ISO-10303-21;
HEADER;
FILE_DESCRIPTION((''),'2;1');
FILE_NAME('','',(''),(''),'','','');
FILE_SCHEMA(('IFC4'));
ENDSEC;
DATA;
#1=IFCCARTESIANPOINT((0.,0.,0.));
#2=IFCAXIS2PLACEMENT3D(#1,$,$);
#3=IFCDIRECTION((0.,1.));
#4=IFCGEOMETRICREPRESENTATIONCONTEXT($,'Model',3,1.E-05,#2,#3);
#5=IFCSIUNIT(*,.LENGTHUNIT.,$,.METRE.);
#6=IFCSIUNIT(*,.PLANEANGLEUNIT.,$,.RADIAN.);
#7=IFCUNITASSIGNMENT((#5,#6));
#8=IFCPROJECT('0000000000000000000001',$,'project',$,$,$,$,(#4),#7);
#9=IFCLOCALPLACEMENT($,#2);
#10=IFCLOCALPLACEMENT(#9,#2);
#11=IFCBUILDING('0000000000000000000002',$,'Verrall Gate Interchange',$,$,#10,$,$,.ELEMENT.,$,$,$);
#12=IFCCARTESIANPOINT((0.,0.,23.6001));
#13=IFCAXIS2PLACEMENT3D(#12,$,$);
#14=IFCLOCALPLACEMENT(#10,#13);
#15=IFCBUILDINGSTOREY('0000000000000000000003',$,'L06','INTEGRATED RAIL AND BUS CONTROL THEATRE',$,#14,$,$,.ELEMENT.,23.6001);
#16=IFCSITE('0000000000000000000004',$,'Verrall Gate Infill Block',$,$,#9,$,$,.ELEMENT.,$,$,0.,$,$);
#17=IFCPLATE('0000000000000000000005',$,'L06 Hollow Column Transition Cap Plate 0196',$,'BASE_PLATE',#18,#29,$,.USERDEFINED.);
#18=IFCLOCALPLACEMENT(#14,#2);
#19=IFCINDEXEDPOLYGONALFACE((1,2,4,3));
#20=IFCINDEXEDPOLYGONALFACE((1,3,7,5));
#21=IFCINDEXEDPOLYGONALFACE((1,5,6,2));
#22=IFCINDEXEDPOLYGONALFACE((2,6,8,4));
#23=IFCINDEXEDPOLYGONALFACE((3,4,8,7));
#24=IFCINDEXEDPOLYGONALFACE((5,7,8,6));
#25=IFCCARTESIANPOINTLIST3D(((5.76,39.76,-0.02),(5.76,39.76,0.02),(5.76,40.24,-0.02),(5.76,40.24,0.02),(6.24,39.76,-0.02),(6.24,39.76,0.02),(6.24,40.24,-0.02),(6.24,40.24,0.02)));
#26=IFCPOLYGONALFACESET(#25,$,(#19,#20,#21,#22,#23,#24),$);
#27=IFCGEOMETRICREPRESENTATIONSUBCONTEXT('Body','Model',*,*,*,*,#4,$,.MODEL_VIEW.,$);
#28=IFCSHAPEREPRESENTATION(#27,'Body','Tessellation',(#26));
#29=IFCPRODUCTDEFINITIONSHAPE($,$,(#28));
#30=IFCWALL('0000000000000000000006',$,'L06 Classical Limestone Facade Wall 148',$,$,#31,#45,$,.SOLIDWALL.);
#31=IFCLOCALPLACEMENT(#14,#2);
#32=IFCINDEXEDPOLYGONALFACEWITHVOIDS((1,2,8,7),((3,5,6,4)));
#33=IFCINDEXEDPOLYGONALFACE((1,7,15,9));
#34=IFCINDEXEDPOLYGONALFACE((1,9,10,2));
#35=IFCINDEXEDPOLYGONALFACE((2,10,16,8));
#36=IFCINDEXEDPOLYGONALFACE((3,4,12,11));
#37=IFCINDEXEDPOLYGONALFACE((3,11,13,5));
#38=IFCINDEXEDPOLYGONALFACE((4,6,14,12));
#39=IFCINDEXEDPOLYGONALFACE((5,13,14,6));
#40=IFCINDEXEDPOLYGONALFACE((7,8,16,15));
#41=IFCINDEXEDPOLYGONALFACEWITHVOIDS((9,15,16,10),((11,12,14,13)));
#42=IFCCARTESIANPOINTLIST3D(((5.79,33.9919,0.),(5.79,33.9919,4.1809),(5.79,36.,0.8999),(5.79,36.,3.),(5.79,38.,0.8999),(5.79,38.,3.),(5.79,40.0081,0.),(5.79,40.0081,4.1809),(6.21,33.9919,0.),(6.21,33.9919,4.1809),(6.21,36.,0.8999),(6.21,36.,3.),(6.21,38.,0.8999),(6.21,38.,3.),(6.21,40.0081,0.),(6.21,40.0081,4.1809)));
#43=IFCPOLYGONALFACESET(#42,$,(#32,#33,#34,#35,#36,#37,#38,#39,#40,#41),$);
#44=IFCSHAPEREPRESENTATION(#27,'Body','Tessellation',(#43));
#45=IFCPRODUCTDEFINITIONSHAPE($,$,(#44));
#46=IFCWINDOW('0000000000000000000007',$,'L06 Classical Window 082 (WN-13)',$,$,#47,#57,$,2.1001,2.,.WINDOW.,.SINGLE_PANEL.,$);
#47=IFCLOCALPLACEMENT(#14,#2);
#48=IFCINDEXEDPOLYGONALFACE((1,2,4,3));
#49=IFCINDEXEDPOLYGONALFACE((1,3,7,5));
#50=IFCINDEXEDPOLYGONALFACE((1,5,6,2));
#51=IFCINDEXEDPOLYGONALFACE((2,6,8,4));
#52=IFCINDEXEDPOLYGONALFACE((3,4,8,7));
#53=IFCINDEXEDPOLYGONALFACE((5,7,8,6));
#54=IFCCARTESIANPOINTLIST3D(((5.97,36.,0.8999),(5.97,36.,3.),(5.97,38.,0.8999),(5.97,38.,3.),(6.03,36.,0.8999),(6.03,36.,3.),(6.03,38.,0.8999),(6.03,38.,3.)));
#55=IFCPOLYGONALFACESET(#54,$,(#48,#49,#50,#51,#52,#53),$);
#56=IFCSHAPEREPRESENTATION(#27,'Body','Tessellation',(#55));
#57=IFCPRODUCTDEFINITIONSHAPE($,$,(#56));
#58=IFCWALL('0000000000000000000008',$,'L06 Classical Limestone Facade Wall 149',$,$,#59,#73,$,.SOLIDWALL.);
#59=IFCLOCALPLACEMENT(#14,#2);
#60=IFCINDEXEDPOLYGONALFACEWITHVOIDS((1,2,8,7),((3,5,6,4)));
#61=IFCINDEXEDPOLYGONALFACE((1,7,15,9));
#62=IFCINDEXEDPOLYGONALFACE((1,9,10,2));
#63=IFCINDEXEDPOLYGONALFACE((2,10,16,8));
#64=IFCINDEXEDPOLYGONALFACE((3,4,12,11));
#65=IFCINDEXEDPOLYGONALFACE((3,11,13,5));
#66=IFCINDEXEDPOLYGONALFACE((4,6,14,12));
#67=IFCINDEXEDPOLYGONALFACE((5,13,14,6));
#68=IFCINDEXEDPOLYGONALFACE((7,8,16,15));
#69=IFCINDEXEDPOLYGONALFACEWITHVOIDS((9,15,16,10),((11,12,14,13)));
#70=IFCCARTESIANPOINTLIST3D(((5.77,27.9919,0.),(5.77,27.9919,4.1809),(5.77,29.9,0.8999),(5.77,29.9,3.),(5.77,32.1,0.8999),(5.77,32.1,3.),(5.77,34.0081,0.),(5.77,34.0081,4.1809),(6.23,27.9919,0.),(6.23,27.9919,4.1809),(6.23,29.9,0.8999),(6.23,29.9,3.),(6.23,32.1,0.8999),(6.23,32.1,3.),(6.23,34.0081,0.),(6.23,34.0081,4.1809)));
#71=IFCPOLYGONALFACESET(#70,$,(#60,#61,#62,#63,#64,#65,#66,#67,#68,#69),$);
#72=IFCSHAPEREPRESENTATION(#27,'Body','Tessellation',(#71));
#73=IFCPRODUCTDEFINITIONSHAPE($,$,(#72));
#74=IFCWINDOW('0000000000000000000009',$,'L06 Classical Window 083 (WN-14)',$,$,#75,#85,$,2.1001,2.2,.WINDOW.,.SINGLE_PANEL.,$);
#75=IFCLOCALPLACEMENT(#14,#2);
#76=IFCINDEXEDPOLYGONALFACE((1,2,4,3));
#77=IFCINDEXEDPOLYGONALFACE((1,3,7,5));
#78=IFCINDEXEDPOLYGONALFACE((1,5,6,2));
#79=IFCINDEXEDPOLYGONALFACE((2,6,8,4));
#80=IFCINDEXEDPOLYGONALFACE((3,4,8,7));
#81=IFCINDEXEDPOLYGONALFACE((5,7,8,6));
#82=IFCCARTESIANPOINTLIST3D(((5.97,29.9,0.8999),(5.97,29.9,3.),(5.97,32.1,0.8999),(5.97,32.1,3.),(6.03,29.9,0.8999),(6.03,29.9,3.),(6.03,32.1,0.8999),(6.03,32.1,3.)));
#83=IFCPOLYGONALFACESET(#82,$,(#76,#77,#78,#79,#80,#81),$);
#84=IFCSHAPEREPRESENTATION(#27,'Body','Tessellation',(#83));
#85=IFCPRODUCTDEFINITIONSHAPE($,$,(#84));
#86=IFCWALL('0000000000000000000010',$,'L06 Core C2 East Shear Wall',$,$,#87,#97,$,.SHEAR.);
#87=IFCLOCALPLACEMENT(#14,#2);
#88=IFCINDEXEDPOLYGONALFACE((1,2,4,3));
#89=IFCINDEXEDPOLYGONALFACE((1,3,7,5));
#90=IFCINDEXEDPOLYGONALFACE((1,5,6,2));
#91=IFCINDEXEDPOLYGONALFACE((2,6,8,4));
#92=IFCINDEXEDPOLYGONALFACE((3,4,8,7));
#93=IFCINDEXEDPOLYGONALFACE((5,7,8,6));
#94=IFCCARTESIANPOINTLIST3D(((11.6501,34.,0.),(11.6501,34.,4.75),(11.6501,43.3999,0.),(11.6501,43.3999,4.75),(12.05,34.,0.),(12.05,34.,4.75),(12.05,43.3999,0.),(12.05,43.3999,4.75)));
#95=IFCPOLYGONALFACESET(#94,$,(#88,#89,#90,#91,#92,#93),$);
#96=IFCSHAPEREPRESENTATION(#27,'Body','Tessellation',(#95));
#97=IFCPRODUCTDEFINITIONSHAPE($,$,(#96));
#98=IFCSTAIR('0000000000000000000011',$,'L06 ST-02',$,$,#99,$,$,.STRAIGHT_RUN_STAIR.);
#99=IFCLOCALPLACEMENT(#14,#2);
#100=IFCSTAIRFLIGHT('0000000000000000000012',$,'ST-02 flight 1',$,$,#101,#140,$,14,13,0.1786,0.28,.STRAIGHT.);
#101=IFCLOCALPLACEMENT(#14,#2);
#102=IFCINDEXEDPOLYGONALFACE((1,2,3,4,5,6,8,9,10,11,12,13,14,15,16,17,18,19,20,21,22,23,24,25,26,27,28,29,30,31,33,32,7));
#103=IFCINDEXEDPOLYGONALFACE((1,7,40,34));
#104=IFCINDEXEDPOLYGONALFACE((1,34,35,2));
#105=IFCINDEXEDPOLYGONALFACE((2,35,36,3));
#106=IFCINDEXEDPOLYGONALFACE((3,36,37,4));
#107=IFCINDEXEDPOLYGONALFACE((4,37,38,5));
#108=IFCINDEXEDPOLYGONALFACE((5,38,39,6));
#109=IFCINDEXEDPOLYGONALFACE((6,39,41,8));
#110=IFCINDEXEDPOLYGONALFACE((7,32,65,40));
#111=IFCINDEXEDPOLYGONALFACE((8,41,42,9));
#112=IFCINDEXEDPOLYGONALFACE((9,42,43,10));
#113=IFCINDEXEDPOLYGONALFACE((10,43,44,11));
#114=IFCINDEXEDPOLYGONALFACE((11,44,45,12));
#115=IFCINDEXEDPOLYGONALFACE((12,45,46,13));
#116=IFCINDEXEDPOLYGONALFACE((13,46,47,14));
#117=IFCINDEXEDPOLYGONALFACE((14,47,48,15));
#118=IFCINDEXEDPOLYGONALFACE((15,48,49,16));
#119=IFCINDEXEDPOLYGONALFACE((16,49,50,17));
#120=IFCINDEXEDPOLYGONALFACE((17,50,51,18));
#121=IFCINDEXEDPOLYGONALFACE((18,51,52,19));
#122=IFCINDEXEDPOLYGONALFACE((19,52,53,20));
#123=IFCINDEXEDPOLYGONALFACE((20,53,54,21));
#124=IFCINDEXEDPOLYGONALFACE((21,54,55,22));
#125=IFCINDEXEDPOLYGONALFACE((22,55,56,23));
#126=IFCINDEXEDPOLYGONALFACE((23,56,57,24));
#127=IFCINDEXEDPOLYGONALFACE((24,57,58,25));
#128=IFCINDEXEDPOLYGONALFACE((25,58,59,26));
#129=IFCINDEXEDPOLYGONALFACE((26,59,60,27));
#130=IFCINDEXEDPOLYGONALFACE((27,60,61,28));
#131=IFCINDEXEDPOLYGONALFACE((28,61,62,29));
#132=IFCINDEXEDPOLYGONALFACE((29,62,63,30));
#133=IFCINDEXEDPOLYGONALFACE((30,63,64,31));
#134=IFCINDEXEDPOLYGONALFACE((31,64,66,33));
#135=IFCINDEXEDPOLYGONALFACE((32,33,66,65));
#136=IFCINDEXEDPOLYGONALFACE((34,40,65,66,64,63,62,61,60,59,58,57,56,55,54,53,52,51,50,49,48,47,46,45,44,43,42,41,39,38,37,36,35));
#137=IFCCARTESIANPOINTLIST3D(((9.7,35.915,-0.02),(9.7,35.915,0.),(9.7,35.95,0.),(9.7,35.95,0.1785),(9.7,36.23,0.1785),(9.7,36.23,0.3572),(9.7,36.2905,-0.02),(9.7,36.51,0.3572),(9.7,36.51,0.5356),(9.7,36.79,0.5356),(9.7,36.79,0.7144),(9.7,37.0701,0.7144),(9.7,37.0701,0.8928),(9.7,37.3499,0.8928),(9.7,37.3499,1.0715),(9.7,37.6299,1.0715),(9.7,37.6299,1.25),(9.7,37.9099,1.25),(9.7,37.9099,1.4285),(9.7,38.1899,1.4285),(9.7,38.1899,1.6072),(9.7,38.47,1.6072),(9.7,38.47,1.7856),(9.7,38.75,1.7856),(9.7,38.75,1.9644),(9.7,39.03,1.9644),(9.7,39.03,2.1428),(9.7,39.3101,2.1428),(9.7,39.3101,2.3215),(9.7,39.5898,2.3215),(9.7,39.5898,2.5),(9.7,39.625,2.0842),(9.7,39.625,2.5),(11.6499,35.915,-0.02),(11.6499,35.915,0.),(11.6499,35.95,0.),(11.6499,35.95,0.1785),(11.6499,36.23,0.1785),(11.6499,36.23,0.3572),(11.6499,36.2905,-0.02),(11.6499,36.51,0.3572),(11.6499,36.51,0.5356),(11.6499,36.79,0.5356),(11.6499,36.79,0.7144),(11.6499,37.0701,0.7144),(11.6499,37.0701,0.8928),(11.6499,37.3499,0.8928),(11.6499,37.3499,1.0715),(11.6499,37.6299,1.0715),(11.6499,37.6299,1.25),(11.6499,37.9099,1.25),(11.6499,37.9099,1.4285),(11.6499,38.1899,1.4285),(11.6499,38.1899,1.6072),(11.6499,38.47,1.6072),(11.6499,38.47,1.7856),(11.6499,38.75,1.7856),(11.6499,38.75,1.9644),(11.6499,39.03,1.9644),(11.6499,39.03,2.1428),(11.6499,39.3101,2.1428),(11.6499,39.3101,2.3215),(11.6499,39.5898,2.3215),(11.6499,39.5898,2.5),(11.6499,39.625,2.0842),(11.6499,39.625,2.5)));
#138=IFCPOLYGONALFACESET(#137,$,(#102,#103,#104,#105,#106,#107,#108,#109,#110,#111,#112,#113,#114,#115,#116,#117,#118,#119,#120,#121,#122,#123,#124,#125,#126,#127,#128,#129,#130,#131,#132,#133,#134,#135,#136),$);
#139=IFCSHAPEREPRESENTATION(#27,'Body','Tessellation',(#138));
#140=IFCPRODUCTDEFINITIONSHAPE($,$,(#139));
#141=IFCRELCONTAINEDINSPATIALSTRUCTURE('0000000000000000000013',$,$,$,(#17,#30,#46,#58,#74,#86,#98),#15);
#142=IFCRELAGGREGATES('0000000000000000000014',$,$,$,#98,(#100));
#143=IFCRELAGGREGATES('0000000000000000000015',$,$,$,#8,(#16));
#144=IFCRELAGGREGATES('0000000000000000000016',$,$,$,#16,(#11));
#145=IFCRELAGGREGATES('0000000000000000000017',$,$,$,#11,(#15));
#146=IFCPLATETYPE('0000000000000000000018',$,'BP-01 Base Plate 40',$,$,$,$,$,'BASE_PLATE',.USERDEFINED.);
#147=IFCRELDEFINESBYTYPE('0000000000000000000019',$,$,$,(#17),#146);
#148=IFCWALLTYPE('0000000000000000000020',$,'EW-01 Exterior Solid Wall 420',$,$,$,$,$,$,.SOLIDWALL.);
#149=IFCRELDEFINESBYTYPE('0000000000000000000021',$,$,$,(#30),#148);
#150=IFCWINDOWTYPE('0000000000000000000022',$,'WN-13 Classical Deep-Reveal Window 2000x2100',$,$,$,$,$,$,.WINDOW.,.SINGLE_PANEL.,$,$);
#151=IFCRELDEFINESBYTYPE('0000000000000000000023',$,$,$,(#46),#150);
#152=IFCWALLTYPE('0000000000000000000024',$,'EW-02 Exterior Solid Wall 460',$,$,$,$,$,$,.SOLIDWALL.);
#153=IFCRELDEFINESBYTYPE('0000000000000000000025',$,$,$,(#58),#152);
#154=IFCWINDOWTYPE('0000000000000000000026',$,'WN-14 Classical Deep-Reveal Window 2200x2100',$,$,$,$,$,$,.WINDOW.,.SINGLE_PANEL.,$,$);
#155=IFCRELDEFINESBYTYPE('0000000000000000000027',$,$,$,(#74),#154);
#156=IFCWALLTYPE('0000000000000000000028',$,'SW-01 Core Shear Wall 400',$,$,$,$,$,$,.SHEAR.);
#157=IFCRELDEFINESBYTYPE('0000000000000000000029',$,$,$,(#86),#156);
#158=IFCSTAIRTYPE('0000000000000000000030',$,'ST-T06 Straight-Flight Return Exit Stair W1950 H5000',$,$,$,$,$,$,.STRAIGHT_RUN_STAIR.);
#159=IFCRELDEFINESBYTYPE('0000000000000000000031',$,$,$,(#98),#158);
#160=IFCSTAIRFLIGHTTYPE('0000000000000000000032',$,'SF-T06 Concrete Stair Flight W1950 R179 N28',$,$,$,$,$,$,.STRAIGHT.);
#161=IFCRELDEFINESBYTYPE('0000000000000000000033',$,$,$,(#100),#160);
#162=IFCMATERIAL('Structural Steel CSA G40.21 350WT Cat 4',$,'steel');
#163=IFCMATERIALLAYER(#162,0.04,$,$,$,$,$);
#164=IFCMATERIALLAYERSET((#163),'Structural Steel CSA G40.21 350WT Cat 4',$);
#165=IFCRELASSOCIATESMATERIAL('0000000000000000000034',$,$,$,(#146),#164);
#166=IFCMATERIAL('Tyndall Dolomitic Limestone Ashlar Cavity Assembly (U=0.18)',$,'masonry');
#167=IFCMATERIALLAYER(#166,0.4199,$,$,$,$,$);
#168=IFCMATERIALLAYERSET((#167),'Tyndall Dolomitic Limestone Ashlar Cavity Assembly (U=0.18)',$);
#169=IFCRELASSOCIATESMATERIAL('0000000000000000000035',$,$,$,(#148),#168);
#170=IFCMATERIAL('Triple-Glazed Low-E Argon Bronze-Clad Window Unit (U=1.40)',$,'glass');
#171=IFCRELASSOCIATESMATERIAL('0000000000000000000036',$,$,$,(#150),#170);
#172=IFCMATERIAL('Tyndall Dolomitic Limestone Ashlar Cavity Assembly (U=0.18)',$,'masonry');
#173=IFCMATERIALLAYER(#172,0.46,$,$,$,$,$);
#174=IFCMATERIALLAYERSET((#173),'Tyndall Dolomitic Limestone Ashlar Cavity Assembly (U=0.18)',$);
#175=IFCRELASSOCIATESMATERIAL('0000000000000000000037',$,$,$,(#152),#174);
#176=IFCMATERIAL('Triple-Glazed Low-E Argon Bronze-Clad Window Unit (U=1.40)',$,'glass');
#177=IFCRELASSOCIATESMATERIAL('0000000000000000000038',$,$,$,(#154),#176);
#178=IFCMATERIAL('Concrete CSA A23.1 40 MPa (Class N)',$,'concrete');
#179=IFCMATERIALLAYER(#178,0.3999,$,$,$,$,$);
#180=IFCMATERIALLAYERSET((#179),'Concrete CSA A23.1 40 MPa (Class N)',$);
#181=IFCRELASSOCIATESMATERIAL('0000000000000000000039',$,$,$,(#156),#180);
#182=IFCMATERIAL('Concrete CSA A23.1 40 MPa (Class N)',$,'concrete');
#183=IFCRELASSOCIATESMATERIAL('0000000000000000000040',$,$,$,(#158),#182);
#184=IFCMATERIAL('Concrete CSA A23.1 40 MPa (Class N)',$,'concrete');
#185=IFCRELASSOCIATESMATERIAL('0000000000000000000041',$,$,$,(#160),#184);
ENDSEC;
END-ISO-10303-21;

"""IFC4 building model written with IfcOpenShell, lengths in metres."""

from ifc_helpers import new_model, si_unit, direction, frame, frame_2d, origin, origin_2d, place, context, subcontext, project, spatial, polyline, rectangle, outline, extrude, material, layer, layer_set, type_object, element, fill, aggregate, save


model = new_model("IFC4")

# Units and contexts
model_context = context("Model", 3, precision=1e-05, world=origin(), true_north=direction((0.0, 1.0)))
body_context = subcontext(model_context, "Body", "Model", "MODEL_VIEW")
ifc_project = project(units=[si_unit("LENGTHUNIT", "METRE"), si_unit("PLANEANGLEUNIT", "RADIAN")], contexts=[model_context])

# Site, building, storey
site_placement = place(None, origin())
site = spatial("IfcSite", under=ifc_project, at=site_placement, Name="Verrall Gate Infill Block", CompositionType="ELEMENT", RefElevation=0.0)
building_placement = place(site_placement, origin())
building = spatial("IfcBuilding", under=site, at=building_placement, Name="Verrall Gate Interchange", CompositionType="ELEMENT")
storey_placement = place(building_placement, frame((0.0, 0.0, 23.6001)))
storey = spatial("IfcBuildingStorey", under=building, at=storey_placement, Name="L06", Description="INTEGRATED RAIL AND BUS CONTROL THEATRE", CompositionType="ELEMENT", Elevation=23.6001)

# Plate
ifc_material_1 = material(Name="Structural Steel CSA G40.21 350WT Cat 4", Category="steel")
ifc_layer_1 = layer(ifc_material_1, 0.04)
ifc_layer_set_1 = layer_set([ifc_layer_1], Name="Structural Steel CSA G40.21 350WT Cat 4")
plate_type = type_object("IfcPlateType", Name="BP-01 Base Plate 40", ElementType="BASE_PLATE", PredefinedType="USERDEFINED", material=ifc_layer_set_1)
plate_placement = place(storey_placement, frame((6.0, 40.0, -0.02), z_axis=(0.0, 0.0, 1.0), x_axis=(1.0, 0.0, 0.0)))
element("IfcPlate", 1, at=plate_placement, inside=storey, type_object=plate_type, Name="L06 Hollow Column Transition Cap Plate 0196", ObjectType="BASE_PLATE", PredefinedType="USERDEFINED", context=body_context, shape_type="SweptSolid", body=[
    extrude(rectangle(XDim=0.48, YDim=0.48, at=origin_2d()), origin(), (0.0, 0.0, 1.0), 0.04),
])

# Walls, openings, windows
ifc_material_2 = material(Name="Tyndall Dolomitic Limestone Ashlar Cavity Assembly (U=0.18)", Category="masonry")
ifc_layer_2 = layer(ifc_material_2, 0.4199)
ifc_layer_set_2 = layer_set([ifc_layer_2], Name="Tyndall Dolomitic Limestone Ashlar Cavity Assembly (U=0.18)")
wall_type_1 = type_object("IfcWallType", Name="EW-01 Exterior Solid Wall 420", PredefinedType="SOLIDWALL", material=ifc_layer_set_2)
wall_1_placement = place(storey_placement, frame((6.0, 40.0081, 0.0), z_axis=(0.0, 0.0, 1.0), x_axis=(0.0, -1.0, 0.0)))
wall_1 = element("IfcWall", 2, at=wall_1_placement, inside=storey, type_object=wall_type_1, Name="L06 Classical Limestone Facade Wall 148", PredefinedType="SOLIDWALL", context=body_context, shape_type="SweptSolid", body=[
    extrude(rectangle(XDim=6.0161, YDim=0.4199, at=frame_2d((3.0081, 0.0))), origin(), (0.0, 0.0, 1.0), 4.1809),
])
opening_1_placement = place(wall_1_placement, frame((2.0081, 0.0, 0.8999)))
opening_1 = element("IfcOpeningElement", 3, at=opening_1_placement, cuts=wall_1, PredefinedType="OPENING", context=body_context, shape_type="SweptSolid", body=[
    extrude(rectangle(XDim=2.0, YDim=2.1001, at=frame_2d((1.0, 1.05))), frame((0.0, 0.2249, 0.0), z_axis=(0.0, -1.0, 0.0), x_axis=(1.0, 0.0, 0.0)), (0.0, 0.0, 1.0), 0.4497),
])
ifc_material_3 = material(Name="Triple-Glazed Low-E Argon Bronze-Clad Window Unit (U=1.40)", Category="glass")
window_type_1 = type_object("IfcWindowType", Name="WN-13 Classical Deep-Reveal Window 2000x2100", PartitioningType="SINGLE_PANEL", PredefinedType="WINDOW", material=ifc_material_3)
window_1_placement = place(opening_1_placement, origin())
window_1 = element("IfcWindow", 4, at=window_1_placement, inside=storey, type_object=window_type_1, Name="L06 Classical Window 082 (WN-13)", OverallHeight=2.1001, OverallWidth=2.0, PartitioningType="SINGLE_PANEL", PredefinedType="WINDOW", context=body_context, shape_type="SweptSolid", body=[
    extrude(rectangle(XDim=2.0, YDim=2.1001, at=frame_2d((1.0, 1.05))), frame((0.0, 0.03, 0.0), z_axis=(0.0, -1.0, 0.0), x_axis=(1.0, 0.0, 0.0)), (0.0, 0.0, 1.0), 0.0601),
])
fill(opening_1, window_1)
ifc_material_4 = material(Name="Tyndall Dolomitic Limestone Ashlar Cavity Assembly (U=0.18)", Category="masonry")
ifc_layer_3 = layer(ifc_material_4, 0.46)
ifc_layer_set_3 = layer_set([ifc_layer_3], Name="Tyndall Dolomitic Limestone Ashlar Cavity Assembly (U=0.18)")
wall_type_2 = type_object("IfcWallType", Name="EW-02 Exterior Solid Wall 460", PredefinedType="SOLIDWALL", material=ifc_layer_set_3)
wall_2_placement = place(storey_placement, frame((6.0, 34.0081, 0.0), z_axis=(0.0, 0.0, 1.0), x_axis=(0.0, -1.0, 0.0)))
wall_2 = element("IfcWall", 5, at=wall_2_placement, inside=storey, type_object=wall_type_2, Name="L06 Classical Limestone Facade Wall 149", PredefinedType="SOLIDWALL", context=body_context, shape_type="SweptSolid", body=[
    extrude(rectangle(XDim=6.0161, YDim=0.46, at=frame_2d((3.0081, 0.0))), origin(), (0.0, 0.0, 1.0), 4.1809),
])
opening_2_placement = place(wall_2_placement, frame((1.908, 0.0, 0.8999)))
opening_2 = element("IfcOpeningElement", 6, at=opening_2_placement, cuts=wall_2, PredefinedType="OPENING", context=body_context, shape_type="SweptSolid", body=[
    extrude(rectangle(XDim=2.2, YDim=2.1001, at=frame_2d((1.1001, 1.05))), frame((0.0, 0.2449, 0.0), z_axis=(0.0, -1.0, 0.0), x_axis=(1.0, 0.0, 0.0)), (0.0, 0.0, 1.0), 0.4897),
])
ifc_material_5 = material(Name="Triple-Glazed Low-E Argon Bronze-Clad Window Unit (U=1.40)", Category="glass")
window_type_2 = type_object("IfcWindowType", Name="WN-14 Classical Deep-Reveal Window 2200x2100", PartitioningType="SINGLE_PANEL", PredefinedType="WINDOW", material=ifc_material_5)
window_2_placement = place(opening_2_placement, origin())
window_2 = element("IfcWindow", 7, at=window_2_placement, inside=storey, type_object=window_type_2, Name="L06 Classical Window 083 (WN-14)", OverallHeight=2.1001, OverallWidth=2.2, PartitioningType="SINGLE_PANEL", PredefinedType="WINDOW", context=body_context, shape_type="SweptSolid", body=[
    extrude(rectangle(XDim=2.2, YDim=2.1001, at=frame_2d((1.1001, 1.05))), frame((0.0, 0.03, 0.0), z_axis=(0.0, -1.0, 0.0), x_axis=(1.0, 0.0, 0.0)), (0.0, 0.0, 1.0), 0.0601),
])
fill(opening_2, window_2)

# Wall
ifc_material_6 = material(Name="Concrete CSA A23.1 40 MPa (Class N)", Category="concrete")
ifc_layer_4 = layer(ifc_material_6, 0.3999)
ifc_layer_set_4 = layer_set([ifc_layer_4], Name="Concrete CSA A23.1 40 MPa (Class N)")
wall_type_3 = type_object("IfcWallType", Name="SW-01 Core Shear Wall 400", PredefinedType="SHEAR", material=ifc_layer_set_4)
wall_3_placement = place(storey_placement, frame((11.8501, 34.0, 0.0), z_axis=(0.0, 0.0, 1.0), x_axis=(0.0, 1.0, 0.0)))
element("IfcWall", 8, at=wall_3_placement, inside=storey, type_object=wall_type_3, Name="L06 Core C2 East Shear Wall", PredefinedType="SHEAR", context=body_context, shape_type="SweptSolid", body=[
    extrude(rectangle(XDim=9.3999, YDim=0.3999, at=frame_2d((4.7, 0.0))), origin(), (0.0, 0.0, 1.0), 4.75),
])

# Stair, stair flight
ifc_material_7 = material(Name="Concrete CSA A23.1 40 MPa (Class N)", Category="concrete")
stair_type = type_object("IfcStairType", Name="ST-T06 Straight-Flight Return Exit Stair W1950 H5000", PredefinedType="STRAIGHT_RUN_STAIR", material=ifc_material_7)
stair_placement = place(storey_placement, origin())
stair = element("IfcStair", 9, at=stair_placement, inside=storey, type_object=stair_type, Name="L06 ST-02", PredefinedType="STRAIGHT_RUN_STAIR")
ifc_material_8 = material(Name="Concrete CSA A23.1 40 MPa (Class N)", Category="concrete")
stair_flight_type = type_object("IfcStairFlightType", Name="SF-T06 Concrete Stair Flight W1950 R179 N28", PredefinedType="STRAIGHT", material=ifc_material_8)
stair_flight_1_placement = place(storey_placement, frame((10.675, 35.95, 0.0), z_axis=(0.0, 0.0, 1.0), x_axis=(0.0, 1.0, 0.0)))
stair_flight_1 = element("IfcStairFlight", 10, at=stair_flight_1_placement, type_object=stair_flight_type, Name="ST-02 flight 1", NumberOfRisers=14, NumberOfTreads=13, PredefinedType="STRAIGHT", RiserHeight=0.1786, TreadLength=0.28, context=body_context, shape_type="SweptSolid", body=[
    extrude(outline(polyline([(-0.0349, -0.02), (-0.0349, 0.0), (0.0, 0.0), (0.0, 0.1785), (0.28, 0.1785), (0.28, 0.3572), (0.5601, 0.3572), (0.5601, 0.5356), (0.8401, 0.5356), (0.8401, 0.7144), (1.1201, 0.7144), (1.1201, 0.8928), (1.3999, 0.8928), (1.3999, 1.0715), (1.6799, 1.0715), (1.6799, 1.25), (1.96, 1.25), (1.96, 1.4285), (2.24, 1.4285), (2.24, 1.6072), (2.52, 1.6072), (2.52, 1.7856), (2.8, 1.7856), (2.8, 1.9644), (3.0801, 1.9644), (3.0801, 2.1428), (3.3601, 2.1428), (3.3601, 2.3215), (3.6399, 2.3215), (3.6399, 2.5), (3.675, 2.5), (3.675, 2.0842), (0.3406, -0.02), (-0.0349, -0.02)])), frame((0.0, 0.9751, 0.0), z_axis=(0.0, -1.0, 0.0), x_axis=(1.0, 0.0, 0.0)), (0.0, 0.0, 1.0), 1.95),
])
aggregate(stair, [stair_flight_1])

save(model, "model.ifc")
